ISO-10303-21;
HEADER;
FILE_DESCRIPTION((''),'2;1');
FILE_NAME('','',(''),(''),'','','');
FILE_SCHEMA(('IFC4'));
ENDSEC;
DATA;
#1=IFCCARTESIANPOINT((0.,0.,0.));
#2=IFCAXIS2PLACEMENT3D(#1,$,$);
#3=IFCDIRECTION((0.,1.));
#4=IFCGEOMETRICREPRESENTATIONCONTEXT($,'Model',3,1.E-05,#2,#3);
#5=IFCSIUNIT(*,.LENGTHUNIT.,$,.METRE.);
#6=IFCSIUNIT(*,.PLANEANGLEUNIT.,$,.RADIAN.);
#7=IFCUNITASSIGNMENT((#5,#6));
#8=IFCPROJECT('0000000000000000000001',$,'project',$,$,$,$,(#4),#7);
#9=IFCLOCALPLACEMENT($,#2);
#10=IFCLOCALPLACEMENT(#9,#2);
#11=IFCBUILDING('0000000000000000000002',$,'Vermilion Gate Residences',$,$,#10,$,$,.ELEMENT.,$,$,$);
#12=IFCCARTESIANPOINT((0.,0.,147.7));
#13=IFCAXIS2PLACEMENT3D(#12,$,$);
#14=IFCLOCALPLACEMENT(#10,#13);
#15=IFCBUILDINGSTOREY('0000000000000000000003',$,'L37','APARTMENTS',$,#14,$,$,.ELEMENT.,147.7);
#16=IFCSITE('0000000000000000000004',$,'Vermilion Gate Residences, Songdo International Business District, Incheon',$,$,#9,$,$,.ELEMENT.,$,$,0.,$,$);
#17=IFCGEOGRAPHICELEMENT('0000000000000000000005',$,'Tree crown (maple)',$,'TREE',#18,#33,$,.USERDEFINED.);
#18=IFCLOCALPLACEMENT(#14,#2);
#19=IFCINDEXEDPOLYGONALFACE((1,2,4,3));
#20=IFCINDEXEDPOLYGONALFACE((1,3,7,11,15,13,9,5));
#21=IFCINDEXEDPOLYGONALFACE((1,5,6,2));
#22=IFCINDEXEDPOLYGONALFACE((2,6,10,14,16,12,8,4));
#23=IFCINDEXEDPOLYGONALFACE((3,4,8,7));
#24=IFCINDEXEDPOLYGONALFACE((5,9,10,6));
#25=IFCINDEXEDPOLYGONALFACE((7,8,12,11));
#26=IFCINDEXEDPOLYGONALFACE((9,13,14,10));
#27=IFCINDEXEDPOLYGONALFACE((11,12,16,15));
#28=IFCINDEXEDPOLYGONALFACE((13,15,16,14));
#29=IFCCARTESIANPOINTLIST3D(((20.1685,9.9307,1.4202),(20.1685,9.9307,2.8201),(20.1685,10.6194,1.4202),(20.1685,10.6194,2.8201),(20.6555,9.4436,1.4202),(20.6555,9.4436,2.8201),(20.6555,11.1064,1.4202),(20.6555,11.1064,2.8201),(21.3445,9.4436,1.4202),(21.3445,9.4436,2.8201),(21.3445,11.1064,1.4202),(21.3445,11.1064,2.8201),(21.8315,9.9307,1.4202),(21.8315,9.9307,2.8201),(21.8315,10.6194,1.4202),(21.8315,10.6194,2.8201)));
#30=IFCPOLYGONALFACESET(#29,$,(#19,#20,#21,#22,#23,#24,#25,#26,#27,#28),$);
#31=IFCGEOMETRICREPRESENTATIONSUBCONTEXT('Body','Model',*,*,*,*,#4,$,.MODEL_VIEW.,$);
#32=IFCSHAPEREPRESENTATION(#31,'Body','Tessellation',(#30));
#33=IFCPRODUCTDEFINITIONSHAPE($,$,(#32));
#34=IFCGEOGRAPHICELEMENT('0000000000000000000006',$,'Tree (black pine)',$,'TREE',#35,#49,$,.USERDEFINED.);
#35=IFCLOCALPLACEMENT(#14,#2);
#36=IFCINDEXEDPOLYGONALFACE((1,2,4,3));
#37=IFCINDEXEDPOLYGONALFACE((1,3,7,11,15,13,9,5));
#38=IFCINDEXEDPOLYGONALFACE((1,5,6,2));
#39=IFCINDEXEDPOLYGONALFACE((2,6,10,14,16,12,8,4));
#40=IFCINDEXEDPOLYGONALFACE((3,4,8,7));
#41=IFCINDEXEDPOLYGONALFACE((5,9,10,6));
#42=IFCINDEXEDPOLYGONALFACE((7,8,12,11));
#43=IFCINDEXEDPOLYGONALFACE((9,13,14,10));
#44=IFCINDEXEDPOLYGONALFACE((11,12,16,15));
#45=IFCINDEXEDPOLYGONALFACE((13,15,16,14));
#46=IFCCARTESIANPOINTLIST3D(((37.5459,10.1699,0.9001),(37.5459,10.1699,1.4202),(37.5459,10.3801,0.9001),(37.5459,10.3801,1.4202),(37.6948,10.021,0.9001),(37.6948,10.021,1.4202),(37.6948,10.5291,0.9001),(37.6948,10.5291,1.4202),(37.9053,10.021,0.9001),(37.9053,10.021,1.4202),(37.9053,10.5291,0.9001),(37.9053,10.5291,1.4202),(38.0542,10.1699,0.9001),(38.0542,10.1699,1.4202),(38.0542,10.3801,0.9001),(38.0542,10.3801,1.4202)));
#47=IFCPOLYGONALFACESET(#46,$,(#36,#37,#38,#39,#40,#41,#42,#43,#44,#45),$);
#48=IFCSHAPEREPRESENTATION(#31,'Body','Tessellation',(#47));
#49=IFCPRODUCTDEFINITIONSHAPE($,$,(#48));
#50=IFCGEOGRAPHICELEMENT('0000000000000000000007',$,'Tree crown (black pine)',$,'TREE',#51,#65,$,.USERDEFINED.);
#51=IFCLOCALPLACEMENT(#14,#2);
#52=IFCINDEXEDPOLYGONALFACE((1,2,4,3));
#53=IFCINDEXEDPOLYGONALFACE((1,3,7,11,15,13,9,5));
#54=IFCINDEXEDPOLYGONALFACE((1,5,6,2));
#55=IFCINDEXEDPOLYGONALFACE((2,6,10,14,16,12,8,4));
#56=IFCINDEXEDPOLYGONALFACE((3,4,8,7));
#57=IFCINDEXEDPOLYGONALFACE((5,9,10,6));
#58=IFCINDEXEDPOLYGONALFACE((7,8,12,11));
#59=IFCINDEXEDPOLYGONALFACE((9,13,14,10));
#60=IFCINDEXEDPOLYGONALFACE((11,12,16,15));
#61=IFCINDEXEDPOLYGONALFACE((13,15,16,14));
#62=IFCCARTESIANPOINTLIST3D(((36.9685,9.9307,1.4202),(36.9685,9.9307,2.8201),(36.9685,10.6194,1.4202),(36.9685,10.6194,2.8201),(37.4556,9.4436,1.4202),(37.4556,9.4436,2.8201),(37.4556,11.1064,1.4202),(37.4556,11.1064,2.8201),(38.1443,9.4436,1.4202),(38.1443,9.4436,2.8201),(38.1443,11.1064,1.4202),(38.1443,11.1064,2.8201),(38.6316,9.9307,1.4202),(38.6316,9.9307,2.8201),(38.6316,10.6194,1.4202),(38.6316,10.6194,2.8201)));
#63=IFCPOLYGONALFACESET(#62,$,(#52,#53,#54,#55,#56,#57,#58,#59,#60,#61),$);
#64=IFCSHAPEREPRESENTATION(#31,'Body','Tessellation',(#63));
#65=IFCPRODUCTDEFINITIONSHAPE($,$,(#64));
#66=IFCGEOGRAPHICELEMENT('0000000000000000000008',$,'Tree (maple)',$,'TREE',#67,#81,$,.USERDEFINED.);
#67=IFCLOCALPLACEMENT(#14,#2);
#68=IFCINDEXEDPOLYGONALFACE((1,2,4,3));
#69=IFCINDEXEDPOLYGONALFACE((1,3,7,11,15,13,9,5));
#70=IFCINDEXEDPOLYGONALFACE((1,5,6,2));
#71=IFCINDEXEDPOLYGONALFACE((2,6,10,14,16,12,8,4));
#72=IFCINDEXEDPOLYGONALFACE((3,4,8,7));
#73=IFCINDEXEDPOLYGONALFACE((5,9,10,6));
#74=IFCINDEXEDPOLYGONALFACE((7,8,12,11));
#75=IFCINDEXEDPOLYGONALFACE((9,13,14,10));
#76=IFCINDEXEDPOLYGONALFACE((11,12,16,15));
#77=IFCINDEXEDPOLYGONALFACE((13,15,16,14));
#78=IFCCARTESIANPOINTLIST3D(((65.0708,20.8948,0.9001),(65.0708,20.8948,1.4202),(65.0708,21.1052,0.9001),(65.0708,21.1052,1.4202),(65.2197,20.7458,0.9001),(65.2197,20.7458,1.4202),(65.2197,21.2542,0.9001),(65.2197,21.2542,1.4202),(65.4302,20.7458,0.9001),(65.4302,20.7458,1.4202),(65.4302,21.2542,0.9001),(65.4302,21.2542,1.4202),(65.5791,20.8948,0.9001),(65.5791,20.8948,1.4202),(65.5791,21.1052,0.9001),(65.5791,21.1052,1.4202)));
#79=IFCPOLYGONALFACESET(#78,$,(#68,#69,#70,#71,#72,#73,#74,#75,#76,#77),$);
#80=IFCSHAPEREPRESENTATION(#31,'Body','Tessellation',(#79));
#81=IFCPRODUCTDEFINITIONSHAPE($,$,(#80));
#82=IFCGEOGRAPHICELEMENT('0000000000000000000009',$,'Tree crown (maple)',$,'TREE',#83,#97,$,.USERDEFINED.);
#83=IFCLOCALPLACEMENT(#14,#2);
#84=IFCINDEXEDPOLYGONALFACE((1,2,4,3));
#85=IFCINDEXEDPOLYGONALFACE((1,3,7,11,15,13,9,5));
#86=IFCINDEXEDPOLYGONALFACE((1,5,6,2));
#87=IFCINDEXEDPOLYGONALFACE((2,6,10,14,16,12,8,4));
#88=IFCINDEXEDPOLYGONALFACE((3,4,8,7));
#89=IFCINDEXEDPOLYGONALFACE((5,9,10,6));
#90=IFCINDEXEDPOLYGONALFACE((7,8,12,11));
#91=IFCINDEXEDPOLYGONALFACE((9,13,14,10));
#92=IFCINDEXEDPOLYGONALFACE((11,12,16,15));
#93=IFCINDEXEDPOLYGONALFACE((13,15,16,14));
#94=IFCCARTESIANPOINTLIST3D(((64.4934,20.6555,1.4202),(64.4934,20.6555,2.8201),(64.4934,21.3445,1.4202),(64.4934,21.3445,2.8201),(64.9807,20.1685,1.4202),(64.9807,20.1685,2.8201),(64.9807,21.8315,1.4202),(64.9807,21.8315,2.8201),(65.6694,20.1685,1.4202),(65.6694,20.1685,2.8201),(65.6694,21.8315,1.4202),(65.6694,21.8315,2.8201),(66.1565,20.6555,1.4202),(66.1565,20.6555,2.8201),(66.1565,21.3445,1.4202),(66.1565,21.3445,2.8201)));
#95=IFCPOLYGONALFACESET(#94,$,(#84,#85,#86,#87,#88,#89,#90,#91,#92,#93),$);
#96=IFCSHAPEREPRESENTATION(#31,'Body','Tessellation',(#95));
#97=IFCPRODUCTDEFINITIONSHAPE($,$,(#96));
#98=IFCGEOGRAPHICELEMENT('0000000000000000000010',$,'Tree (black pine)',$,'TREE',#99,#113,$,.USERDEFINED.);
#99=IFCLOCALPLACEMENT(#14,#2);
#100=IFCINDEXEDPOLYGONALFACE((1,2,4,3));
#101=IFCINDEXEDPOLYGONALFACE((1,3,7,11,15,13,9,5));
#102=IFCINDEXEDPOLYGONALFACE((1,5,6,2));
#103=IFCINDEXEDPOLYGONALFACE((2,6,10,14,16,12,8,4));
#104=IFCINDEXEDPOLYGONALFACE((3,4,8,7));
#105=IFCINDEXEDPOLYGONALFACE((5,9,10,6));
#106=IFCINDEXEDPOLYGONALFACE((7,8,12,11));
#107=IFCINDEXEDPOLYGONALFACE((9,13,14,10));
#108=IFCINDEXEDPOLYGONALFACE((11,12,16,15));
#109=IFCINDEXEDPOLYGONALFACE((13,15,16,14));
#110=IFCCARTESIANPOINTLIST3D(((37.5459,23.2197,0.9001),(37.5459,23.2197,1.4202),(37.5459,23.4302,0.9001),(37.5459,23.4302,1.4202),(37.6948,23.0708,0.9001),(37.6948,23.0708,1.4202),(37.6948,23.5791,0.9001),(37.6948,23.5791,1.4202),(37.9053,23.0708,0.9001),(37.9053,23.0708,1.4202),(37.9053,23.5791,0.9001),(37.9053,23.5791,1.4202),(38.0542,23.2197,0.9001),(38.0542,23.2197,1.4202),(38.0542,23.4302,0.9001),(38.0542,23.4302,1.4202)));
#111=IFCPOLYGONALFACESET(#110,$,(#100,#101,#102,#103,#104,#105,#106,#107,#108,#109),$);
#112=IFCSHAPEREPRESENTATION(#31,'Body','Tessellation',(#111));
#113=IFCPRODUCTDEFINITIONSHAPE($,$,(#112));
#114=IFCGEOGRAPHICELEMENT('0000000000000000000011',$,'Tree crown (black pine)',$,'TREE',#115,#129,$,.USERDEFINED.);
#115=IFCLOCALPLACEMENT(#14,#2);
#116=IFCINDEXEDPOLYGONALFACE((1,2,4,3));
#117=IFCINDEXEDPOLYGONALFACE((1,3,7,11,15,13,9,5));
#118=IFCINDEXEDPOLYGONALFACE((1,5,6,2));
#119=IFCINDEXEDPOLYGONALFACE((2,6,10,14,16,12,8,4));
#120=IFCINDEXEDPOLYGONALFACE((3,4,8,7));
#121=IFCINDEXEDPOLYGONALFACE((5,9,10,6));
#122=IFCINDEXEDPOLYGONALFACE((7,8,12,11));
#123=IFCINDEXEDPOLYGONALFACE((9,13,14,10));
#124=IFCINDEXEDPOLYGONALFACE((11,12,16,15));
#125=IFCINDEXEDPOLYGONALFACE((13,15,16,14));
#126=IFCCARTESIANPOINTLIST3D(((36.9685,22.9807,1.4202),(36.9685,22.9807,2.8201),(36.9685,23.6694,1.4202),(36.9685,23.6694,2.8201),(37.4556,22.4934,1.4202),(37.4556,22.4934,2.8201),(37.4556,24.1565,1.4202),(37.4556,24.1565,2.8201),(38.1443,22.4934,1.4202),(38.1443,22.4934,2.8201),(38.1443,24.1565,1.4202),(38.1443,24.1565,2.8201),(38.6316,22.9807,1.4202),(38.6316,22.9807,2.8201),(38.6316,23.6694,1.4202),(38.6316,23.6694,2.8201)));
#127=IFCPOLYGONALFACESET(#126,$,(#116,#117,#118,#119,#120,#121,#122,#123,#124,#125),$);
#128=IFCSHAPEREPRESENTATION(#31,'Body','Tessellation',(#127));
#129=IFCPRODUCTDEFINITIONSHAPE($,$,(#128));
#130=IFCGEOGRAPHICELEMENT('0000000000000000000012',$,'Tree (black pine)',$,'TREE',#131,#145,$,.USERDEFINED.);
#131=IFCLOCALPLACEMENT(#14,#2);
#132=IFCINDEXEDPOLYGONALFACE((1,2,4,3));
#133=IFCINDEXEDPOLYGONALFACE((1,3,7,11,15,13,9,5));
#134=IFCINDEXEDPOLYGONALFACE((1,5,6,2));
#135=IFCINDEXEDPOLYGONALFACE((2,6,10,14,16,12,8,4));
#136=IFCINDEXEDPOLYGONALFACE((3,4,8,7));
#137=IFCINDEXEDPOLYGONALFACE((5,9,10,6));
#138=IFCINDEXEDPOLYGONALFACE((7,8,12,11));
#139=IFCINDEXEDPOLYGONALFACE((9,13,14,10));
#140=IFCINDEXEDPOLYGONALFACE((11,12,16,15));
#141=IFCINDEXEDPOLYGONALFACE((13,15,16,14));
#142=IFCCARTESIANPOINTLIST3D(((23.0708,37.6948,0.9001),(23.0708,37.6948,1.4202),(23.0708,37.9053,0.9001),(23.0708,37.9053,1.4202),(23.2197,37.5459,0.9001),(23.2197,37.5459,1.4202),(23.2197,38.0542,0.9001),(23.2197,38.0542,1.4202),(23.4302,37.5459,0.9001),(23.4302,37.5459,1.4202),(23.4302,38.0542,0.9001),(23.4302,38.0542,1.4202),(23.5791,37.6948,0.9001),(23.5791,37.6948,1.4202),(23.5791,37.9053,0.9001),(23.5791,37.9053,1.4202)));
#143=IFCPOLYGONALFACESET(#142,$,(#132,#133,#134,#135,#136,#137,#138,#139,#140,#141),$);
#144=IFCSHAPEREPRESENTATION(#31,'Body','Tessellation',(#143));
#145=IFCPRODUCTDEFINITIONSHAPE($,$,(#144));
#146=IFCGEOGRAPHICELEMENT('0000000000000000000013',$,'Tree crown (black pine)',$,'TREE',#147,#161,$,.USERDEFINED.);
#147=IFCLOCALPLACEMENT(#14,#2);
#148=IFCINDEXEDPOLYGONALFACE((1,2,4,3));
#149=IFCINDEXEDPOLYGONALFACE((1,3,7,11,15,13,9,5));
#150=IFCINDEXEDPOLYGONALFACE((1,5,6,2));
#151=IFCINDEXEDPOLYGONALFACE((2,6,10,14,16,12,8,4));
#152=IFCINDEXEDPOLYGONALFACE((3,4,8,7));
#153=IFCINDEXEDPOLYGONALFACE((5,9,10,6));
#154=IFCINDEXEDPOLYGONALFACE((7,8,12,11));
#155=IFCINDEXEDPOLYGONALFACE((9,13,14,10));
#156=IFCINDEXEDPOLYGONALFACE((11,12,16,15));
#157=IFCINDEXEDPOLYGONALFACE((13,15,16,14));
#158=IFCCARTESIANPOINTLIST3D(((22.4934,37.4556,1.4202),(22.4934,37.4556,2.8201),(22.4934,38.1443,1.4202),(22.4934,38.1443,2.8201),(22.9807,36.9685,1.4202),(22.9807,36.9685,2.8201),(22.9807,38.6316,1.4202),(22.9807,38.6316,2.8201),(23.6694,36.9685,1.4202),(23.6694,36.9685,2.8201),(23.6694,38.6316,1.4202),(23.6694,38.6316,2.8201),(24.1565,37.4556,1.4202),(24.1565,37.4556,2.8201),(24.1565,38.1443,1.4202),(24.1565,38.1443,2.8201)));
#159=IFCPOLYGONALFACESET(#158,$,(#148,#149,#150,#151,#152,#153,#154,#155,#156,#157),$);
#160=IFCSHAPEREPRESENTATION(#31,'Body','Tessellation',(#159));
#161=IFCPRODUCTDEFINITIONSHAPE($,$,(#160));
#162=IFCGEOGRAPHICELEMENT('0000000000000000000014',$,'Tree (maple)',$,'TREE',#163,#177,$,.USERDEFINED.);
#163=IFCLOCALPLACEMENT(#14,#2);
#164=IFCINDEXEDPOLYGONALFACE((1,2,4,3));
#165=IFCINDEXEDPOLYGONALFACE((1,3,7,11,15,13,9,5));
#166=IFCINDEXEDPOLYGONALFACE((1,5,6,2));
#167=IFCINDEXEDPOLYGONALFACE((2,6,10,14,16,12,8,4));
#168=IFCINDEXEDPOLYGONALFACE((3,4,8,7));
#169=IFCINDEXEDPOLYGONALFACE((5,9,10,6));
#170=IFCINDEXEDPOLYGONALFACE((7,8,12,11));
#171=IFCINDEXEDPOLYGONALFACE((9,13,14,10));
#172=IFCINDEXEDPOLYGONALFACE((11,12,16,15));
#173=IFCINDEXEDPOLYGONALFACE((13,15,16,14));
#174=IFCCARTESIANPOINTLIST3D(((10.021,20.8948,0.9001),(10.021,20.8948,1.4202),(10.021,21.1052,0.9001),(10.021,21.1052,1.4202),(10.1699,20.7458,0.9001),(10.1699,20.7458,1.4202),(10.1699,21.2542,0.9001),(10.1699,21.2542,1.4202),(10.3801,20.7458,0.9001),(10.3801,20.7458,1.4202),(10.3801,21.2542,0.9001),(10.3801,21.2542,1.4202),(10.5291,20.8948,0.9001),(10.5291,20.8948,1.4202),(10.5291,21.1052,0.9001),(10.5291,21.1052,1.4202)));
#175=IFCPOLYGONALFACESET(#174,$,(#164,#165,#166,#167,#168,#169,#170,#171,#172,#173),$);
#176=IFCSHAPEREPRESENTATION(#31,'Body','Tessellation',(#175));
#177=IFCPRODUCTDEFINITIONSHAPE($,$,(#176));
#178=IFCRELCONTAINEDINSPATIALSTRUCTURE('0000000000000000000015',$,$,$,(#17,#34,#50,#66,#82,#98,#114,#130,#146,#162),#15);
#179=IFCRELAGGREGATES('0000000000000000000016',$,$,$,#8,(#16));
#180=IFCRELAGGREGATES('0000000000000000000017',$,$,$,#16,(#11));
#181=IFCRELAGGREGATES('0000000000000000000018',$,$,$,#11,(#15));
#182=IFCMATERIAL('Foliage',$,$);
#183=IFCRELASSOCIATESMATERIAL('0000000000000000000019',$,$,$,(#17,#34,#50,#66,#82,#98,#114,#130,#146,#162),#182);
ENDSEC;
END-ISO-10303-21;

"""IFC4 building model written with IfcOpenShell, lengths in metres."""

from ifc_helpers import new_model, si_unit, direction, frame, origin, place, context, subcontext, project, spatial, polyline, outline, extrude, material, element, save


model = new_model("IFC4")

# Units and contexts
model_context = context("Model", 3, precision=1e-05, world=origin(), true_north=direction((0.0, 1.0)))
body_context = subcontext(model_context, "Body", "Model", "MODEL_VIEW")
ifc_project = project(units=[si_unit("LENGTHUNIT", "METRE"), si_unit("PLANEANGLEUNIT", "RADIAN")], contexts=[model_context])

# Site, building, storey
site_placement = place(None, origin())
site = spatial("IfcSite", under=ifc_project, at=site_placement, Name="Vermilion Gate Residences, Songdo International Business District, Incheon", CompositionType="ELEMENT", RefElevation=0.0)
building_placement = place(site_placement, origin())
building = spatial("IfcBuilding", under=site, at=building_placement, Name="Vermilion Gate Residences", CompositionType="ELEMENT")
storey_placement = place(building_placement, frame((0.0, 0.0, 147.7)))
storey = spatial("IfcBuildingStorey", under=building, at=storey_placement, Name="L37", Description="APARTMENTS", CompositionType="ELEMENT", Elevation=147.7)

# Geographic elements
ifc_material_1 = material(Name="Foliage")
geographic_element_1_placement = place(storey_placement, frame((0.0, 0.0, 1.4202)))
element("IfcGeographicElement", 1, at=geographic_element_1_placement, inside=storey, material=ifc_material_1, Name="Tree crown (maple)", ObjectType="TREE", PredefinedType="USERDEFINED", context=body_context, shape_type="SweptSolid", body=[
    extrude(outline(polyline([(21.8315, 10.6194), (21.3445, 11.1064), (20.6555, 11.1064), (20.1685, 10.6194), (20.1685, 9.9307), (20.6555, 9.4436), (21.3445, 9.4436), (21.8315, 9.9307), (21.8315, 10.6194)])), origin(), (0.0, 0.0, 1.0), 1.3999),
])
geographic_element_2_placement = place(storey_placement, frame((0.0, 0.0, 0.9001)))
element("IfcGeographicElement", 2, at=geographic_element_2_placement, inside=storey, material=ifc_material_1, Name="Tree (black pine)", ObjectType="TREE", PredefinedType="USERDEFINED", context=body_context, shape_type="SweptSolid", body=[
    extrude(outline(polyline([(38.0542, 10.3801), (37.9053, 10.5291), (37.6948, 10.5291), (37.5459, 10.3801), (37.5459, 10.1699), (37.6948, 10.021), (37.9053, 10.021), (38.0542, 10.1699), (38.0542, 10.3801)])), origin(), (0.0, 0.0, 1.0), 0.52),
])
geographic_element_3_placement = place(storey_placement, frame((0.0, 0.0, 1.4202)))
element("IfcGeographicElement", 3, at=geographic_element_3_placement, inside=storey, material=ifc_material_1, Name="Tree crown (black pine)", ObjectType="TREE", PredefinedType="USERDEFINED", context=body_context, shape_type="SweptSolid", body=[
    extrude(outline(polyline([(38.6316, 10.6194), (38.1443, 11.1064), (37.4556, 11.1064), (36.9685, 10.6194), (36.9685, 9.9307), (37.4556, 9.4436), (38.1443, 9.4436), (38.6316, 9.9307), (38.6316, 10.6194)])), origin(), (0.0, 0.0, 1.0), 1.3999),
])
geographic_element_4_placement = place(storey_placement, frame((0.0, 0.0, 0.9001)))
element("IfcGeographicElement", 4, at=geographic_element_4_placement, inside=storey, material=ifc_material_1, Name="Tree (maple)", ObjectType="TREE", PredefinedType="USERDEFINED", context=body_context, shape_type="SweptSolid", body=[
    extrude(outline(polyline([(65.5791, 21.1052), (65.4302, 21.2542), (65.2197, 21.2542), (65.0708, 21.1052), (65.0708, 20.8948), (65.2197, 20.7458), (65.4302, 20.7458), (65.5791, 20.8948), (65.5791, 21.1052)])), origin(), (0.0, 0.0, 1.0), 0.52),
])
geographic_element_5_placement = place(storey_placement, frame((0.0, 0.0, 1.4202)))
element("IfcGeographicElement", 5, at=geographic_element_5_placement, inside=storey, material=ifc_material_1, Name="Tree crown (maple)", ObjectType="TREE", PredefinedType="USERDEFINED", context=body_context, shape_type="SweptSolid", body=[
    extrude(outline(polyline([(66.1565, 21.3445), (65.6694, 21.8315), (64.9807, 21.8315), (64.4934, 21.3445), (64.4934, 20.6555), (64.9807, 20.1685), (65.6694, 20.1685), (66.1565, 20.6555), (66.1565, 21.3445)])), origin(), (0.0, 0.0, 1.0), 1.3999),
])
geographic_element_6_placement = place(storey_placement, frame((0.0, 0.0, 0.9001)))
element("IfcGeographicElement", 6, at=geographic_element_6_placement, inside=storey, material=ifc_material_1, Name="Tree (black pine)", ObjectType="TREE", PredefinedType="USERDEFINED", context=body_context, shape_type="SweptSolid", body=[
    extrude(outline(polyline([(38.0542, 23.4302), (37.9053, 23.5791), (37.6948, 23.5791), (37.5459, 23.4302), (37.5459, 23.2197), (37.6948, 23.0708), (37.9053, 23.0708), (38.0542, 23.2197), (38.0542, 23.4302)])), origin(), (0.0, 0.0, 1.0), 0.52),
])
geographic_element_7_placement = place(storey_placement, frame((0.0, 0.0, 1.4202)))
element("IfcGeographicElement", 7, at=geographic_element_7_placement, inside=storey, material=ifc_material_1, Name="Tree crown (black pine)", ObjectType="TREE", PredefinedType="USERDEFINED", context=body_context, shape_type="SweptSolid", body=[
    extrude(outline(polyline([(38.6316, 23.6694), (38.1443, 24.1565), (37.4556, 24.1565), (36.9685, 23.6694), (36.9685, 22.9807), (37.4556, 22.4934), (38.1443, 22.4934), (38.6316, 22.9807), (38.6316, 23.6694)])), origin(), (0.0, 0.0, 1.0), 1.3999),
])
geographic_element_8_placement = place(storey_placement, frame((0.0, 0.0, 0.9001)))
element("IfcGeographicElement", 8, at=geographic_element_8_placement, inside=storey, material=ifc_material_1, Name="Tree (black pine)", ObjectType="TREE", PredefinedType="USERDEFINED", context=body_context, shape_type="SweptSolid", body=[
    extrude(outline(polyline([(23.5791, 37.9053), (23.4302, 38.0542), (23.2197, 38.0542), (23.0708, 37.9053), (23.0708, 37.6948), (23.2197, 37.5459), (23.4302, 37.5459), (23.5791, 37.6948), (23.5791, 37.9053)])), origin(), (0.0, 0.0, 1.0), 0.52),
])
geographic_element_9_placement = place(storey_placement, frame((0.0, 0.0, 1.4202)))
element("IfcGeographicElement", 9, at=geographic_element_9_placement, inside=storey, material=ifc_material_1, Name="Tree crown (black pine)", ObjectType="TREE", PredefinedType="USERDEFINED", context=body_context, shape_type="SweptSolid", body=[
    extrude(outline(polyline([(24.1565, 38.1443), (23.6694, 38.6316), (22.9807, 38.6316), (22.4934, 38.1443), (22.4934, 37.4556), (22.9807, 36.9685), (23.6694, 36.9685), (24.1565, 37.4556), (24.1565, 38.1443)])), origin(), (0.0, 0.0, 1.0), 1.3999),
])
geographic_element_10_placement = place(storey_placement, frame((0.0, 0.0, 0.9001)))
element("IfcGeographicElement", 10, at=geographic_element_10_placement, inside=storey, material=ifc_material_1, Name="Tree (maple)", ObjectType="TREE", PredefinedType="USERDEFINED", context=body_context, shape_type="SweptSolid", body=[
    extrude(outline(polyline([(10.5291, 21.1052), (10.3801, 21.2542), (10.1699, 21.2542), (10.021, 21.1052), (10.021, 20.8948), (10.1699, 20.7458), (10.3801, 20.7458), (10.5291, 20.8948), (10.5291, 21.1052)])), origin(), (0.0, 0.0, 1.0), 0.52),
])

save(model, "model.ifc")
